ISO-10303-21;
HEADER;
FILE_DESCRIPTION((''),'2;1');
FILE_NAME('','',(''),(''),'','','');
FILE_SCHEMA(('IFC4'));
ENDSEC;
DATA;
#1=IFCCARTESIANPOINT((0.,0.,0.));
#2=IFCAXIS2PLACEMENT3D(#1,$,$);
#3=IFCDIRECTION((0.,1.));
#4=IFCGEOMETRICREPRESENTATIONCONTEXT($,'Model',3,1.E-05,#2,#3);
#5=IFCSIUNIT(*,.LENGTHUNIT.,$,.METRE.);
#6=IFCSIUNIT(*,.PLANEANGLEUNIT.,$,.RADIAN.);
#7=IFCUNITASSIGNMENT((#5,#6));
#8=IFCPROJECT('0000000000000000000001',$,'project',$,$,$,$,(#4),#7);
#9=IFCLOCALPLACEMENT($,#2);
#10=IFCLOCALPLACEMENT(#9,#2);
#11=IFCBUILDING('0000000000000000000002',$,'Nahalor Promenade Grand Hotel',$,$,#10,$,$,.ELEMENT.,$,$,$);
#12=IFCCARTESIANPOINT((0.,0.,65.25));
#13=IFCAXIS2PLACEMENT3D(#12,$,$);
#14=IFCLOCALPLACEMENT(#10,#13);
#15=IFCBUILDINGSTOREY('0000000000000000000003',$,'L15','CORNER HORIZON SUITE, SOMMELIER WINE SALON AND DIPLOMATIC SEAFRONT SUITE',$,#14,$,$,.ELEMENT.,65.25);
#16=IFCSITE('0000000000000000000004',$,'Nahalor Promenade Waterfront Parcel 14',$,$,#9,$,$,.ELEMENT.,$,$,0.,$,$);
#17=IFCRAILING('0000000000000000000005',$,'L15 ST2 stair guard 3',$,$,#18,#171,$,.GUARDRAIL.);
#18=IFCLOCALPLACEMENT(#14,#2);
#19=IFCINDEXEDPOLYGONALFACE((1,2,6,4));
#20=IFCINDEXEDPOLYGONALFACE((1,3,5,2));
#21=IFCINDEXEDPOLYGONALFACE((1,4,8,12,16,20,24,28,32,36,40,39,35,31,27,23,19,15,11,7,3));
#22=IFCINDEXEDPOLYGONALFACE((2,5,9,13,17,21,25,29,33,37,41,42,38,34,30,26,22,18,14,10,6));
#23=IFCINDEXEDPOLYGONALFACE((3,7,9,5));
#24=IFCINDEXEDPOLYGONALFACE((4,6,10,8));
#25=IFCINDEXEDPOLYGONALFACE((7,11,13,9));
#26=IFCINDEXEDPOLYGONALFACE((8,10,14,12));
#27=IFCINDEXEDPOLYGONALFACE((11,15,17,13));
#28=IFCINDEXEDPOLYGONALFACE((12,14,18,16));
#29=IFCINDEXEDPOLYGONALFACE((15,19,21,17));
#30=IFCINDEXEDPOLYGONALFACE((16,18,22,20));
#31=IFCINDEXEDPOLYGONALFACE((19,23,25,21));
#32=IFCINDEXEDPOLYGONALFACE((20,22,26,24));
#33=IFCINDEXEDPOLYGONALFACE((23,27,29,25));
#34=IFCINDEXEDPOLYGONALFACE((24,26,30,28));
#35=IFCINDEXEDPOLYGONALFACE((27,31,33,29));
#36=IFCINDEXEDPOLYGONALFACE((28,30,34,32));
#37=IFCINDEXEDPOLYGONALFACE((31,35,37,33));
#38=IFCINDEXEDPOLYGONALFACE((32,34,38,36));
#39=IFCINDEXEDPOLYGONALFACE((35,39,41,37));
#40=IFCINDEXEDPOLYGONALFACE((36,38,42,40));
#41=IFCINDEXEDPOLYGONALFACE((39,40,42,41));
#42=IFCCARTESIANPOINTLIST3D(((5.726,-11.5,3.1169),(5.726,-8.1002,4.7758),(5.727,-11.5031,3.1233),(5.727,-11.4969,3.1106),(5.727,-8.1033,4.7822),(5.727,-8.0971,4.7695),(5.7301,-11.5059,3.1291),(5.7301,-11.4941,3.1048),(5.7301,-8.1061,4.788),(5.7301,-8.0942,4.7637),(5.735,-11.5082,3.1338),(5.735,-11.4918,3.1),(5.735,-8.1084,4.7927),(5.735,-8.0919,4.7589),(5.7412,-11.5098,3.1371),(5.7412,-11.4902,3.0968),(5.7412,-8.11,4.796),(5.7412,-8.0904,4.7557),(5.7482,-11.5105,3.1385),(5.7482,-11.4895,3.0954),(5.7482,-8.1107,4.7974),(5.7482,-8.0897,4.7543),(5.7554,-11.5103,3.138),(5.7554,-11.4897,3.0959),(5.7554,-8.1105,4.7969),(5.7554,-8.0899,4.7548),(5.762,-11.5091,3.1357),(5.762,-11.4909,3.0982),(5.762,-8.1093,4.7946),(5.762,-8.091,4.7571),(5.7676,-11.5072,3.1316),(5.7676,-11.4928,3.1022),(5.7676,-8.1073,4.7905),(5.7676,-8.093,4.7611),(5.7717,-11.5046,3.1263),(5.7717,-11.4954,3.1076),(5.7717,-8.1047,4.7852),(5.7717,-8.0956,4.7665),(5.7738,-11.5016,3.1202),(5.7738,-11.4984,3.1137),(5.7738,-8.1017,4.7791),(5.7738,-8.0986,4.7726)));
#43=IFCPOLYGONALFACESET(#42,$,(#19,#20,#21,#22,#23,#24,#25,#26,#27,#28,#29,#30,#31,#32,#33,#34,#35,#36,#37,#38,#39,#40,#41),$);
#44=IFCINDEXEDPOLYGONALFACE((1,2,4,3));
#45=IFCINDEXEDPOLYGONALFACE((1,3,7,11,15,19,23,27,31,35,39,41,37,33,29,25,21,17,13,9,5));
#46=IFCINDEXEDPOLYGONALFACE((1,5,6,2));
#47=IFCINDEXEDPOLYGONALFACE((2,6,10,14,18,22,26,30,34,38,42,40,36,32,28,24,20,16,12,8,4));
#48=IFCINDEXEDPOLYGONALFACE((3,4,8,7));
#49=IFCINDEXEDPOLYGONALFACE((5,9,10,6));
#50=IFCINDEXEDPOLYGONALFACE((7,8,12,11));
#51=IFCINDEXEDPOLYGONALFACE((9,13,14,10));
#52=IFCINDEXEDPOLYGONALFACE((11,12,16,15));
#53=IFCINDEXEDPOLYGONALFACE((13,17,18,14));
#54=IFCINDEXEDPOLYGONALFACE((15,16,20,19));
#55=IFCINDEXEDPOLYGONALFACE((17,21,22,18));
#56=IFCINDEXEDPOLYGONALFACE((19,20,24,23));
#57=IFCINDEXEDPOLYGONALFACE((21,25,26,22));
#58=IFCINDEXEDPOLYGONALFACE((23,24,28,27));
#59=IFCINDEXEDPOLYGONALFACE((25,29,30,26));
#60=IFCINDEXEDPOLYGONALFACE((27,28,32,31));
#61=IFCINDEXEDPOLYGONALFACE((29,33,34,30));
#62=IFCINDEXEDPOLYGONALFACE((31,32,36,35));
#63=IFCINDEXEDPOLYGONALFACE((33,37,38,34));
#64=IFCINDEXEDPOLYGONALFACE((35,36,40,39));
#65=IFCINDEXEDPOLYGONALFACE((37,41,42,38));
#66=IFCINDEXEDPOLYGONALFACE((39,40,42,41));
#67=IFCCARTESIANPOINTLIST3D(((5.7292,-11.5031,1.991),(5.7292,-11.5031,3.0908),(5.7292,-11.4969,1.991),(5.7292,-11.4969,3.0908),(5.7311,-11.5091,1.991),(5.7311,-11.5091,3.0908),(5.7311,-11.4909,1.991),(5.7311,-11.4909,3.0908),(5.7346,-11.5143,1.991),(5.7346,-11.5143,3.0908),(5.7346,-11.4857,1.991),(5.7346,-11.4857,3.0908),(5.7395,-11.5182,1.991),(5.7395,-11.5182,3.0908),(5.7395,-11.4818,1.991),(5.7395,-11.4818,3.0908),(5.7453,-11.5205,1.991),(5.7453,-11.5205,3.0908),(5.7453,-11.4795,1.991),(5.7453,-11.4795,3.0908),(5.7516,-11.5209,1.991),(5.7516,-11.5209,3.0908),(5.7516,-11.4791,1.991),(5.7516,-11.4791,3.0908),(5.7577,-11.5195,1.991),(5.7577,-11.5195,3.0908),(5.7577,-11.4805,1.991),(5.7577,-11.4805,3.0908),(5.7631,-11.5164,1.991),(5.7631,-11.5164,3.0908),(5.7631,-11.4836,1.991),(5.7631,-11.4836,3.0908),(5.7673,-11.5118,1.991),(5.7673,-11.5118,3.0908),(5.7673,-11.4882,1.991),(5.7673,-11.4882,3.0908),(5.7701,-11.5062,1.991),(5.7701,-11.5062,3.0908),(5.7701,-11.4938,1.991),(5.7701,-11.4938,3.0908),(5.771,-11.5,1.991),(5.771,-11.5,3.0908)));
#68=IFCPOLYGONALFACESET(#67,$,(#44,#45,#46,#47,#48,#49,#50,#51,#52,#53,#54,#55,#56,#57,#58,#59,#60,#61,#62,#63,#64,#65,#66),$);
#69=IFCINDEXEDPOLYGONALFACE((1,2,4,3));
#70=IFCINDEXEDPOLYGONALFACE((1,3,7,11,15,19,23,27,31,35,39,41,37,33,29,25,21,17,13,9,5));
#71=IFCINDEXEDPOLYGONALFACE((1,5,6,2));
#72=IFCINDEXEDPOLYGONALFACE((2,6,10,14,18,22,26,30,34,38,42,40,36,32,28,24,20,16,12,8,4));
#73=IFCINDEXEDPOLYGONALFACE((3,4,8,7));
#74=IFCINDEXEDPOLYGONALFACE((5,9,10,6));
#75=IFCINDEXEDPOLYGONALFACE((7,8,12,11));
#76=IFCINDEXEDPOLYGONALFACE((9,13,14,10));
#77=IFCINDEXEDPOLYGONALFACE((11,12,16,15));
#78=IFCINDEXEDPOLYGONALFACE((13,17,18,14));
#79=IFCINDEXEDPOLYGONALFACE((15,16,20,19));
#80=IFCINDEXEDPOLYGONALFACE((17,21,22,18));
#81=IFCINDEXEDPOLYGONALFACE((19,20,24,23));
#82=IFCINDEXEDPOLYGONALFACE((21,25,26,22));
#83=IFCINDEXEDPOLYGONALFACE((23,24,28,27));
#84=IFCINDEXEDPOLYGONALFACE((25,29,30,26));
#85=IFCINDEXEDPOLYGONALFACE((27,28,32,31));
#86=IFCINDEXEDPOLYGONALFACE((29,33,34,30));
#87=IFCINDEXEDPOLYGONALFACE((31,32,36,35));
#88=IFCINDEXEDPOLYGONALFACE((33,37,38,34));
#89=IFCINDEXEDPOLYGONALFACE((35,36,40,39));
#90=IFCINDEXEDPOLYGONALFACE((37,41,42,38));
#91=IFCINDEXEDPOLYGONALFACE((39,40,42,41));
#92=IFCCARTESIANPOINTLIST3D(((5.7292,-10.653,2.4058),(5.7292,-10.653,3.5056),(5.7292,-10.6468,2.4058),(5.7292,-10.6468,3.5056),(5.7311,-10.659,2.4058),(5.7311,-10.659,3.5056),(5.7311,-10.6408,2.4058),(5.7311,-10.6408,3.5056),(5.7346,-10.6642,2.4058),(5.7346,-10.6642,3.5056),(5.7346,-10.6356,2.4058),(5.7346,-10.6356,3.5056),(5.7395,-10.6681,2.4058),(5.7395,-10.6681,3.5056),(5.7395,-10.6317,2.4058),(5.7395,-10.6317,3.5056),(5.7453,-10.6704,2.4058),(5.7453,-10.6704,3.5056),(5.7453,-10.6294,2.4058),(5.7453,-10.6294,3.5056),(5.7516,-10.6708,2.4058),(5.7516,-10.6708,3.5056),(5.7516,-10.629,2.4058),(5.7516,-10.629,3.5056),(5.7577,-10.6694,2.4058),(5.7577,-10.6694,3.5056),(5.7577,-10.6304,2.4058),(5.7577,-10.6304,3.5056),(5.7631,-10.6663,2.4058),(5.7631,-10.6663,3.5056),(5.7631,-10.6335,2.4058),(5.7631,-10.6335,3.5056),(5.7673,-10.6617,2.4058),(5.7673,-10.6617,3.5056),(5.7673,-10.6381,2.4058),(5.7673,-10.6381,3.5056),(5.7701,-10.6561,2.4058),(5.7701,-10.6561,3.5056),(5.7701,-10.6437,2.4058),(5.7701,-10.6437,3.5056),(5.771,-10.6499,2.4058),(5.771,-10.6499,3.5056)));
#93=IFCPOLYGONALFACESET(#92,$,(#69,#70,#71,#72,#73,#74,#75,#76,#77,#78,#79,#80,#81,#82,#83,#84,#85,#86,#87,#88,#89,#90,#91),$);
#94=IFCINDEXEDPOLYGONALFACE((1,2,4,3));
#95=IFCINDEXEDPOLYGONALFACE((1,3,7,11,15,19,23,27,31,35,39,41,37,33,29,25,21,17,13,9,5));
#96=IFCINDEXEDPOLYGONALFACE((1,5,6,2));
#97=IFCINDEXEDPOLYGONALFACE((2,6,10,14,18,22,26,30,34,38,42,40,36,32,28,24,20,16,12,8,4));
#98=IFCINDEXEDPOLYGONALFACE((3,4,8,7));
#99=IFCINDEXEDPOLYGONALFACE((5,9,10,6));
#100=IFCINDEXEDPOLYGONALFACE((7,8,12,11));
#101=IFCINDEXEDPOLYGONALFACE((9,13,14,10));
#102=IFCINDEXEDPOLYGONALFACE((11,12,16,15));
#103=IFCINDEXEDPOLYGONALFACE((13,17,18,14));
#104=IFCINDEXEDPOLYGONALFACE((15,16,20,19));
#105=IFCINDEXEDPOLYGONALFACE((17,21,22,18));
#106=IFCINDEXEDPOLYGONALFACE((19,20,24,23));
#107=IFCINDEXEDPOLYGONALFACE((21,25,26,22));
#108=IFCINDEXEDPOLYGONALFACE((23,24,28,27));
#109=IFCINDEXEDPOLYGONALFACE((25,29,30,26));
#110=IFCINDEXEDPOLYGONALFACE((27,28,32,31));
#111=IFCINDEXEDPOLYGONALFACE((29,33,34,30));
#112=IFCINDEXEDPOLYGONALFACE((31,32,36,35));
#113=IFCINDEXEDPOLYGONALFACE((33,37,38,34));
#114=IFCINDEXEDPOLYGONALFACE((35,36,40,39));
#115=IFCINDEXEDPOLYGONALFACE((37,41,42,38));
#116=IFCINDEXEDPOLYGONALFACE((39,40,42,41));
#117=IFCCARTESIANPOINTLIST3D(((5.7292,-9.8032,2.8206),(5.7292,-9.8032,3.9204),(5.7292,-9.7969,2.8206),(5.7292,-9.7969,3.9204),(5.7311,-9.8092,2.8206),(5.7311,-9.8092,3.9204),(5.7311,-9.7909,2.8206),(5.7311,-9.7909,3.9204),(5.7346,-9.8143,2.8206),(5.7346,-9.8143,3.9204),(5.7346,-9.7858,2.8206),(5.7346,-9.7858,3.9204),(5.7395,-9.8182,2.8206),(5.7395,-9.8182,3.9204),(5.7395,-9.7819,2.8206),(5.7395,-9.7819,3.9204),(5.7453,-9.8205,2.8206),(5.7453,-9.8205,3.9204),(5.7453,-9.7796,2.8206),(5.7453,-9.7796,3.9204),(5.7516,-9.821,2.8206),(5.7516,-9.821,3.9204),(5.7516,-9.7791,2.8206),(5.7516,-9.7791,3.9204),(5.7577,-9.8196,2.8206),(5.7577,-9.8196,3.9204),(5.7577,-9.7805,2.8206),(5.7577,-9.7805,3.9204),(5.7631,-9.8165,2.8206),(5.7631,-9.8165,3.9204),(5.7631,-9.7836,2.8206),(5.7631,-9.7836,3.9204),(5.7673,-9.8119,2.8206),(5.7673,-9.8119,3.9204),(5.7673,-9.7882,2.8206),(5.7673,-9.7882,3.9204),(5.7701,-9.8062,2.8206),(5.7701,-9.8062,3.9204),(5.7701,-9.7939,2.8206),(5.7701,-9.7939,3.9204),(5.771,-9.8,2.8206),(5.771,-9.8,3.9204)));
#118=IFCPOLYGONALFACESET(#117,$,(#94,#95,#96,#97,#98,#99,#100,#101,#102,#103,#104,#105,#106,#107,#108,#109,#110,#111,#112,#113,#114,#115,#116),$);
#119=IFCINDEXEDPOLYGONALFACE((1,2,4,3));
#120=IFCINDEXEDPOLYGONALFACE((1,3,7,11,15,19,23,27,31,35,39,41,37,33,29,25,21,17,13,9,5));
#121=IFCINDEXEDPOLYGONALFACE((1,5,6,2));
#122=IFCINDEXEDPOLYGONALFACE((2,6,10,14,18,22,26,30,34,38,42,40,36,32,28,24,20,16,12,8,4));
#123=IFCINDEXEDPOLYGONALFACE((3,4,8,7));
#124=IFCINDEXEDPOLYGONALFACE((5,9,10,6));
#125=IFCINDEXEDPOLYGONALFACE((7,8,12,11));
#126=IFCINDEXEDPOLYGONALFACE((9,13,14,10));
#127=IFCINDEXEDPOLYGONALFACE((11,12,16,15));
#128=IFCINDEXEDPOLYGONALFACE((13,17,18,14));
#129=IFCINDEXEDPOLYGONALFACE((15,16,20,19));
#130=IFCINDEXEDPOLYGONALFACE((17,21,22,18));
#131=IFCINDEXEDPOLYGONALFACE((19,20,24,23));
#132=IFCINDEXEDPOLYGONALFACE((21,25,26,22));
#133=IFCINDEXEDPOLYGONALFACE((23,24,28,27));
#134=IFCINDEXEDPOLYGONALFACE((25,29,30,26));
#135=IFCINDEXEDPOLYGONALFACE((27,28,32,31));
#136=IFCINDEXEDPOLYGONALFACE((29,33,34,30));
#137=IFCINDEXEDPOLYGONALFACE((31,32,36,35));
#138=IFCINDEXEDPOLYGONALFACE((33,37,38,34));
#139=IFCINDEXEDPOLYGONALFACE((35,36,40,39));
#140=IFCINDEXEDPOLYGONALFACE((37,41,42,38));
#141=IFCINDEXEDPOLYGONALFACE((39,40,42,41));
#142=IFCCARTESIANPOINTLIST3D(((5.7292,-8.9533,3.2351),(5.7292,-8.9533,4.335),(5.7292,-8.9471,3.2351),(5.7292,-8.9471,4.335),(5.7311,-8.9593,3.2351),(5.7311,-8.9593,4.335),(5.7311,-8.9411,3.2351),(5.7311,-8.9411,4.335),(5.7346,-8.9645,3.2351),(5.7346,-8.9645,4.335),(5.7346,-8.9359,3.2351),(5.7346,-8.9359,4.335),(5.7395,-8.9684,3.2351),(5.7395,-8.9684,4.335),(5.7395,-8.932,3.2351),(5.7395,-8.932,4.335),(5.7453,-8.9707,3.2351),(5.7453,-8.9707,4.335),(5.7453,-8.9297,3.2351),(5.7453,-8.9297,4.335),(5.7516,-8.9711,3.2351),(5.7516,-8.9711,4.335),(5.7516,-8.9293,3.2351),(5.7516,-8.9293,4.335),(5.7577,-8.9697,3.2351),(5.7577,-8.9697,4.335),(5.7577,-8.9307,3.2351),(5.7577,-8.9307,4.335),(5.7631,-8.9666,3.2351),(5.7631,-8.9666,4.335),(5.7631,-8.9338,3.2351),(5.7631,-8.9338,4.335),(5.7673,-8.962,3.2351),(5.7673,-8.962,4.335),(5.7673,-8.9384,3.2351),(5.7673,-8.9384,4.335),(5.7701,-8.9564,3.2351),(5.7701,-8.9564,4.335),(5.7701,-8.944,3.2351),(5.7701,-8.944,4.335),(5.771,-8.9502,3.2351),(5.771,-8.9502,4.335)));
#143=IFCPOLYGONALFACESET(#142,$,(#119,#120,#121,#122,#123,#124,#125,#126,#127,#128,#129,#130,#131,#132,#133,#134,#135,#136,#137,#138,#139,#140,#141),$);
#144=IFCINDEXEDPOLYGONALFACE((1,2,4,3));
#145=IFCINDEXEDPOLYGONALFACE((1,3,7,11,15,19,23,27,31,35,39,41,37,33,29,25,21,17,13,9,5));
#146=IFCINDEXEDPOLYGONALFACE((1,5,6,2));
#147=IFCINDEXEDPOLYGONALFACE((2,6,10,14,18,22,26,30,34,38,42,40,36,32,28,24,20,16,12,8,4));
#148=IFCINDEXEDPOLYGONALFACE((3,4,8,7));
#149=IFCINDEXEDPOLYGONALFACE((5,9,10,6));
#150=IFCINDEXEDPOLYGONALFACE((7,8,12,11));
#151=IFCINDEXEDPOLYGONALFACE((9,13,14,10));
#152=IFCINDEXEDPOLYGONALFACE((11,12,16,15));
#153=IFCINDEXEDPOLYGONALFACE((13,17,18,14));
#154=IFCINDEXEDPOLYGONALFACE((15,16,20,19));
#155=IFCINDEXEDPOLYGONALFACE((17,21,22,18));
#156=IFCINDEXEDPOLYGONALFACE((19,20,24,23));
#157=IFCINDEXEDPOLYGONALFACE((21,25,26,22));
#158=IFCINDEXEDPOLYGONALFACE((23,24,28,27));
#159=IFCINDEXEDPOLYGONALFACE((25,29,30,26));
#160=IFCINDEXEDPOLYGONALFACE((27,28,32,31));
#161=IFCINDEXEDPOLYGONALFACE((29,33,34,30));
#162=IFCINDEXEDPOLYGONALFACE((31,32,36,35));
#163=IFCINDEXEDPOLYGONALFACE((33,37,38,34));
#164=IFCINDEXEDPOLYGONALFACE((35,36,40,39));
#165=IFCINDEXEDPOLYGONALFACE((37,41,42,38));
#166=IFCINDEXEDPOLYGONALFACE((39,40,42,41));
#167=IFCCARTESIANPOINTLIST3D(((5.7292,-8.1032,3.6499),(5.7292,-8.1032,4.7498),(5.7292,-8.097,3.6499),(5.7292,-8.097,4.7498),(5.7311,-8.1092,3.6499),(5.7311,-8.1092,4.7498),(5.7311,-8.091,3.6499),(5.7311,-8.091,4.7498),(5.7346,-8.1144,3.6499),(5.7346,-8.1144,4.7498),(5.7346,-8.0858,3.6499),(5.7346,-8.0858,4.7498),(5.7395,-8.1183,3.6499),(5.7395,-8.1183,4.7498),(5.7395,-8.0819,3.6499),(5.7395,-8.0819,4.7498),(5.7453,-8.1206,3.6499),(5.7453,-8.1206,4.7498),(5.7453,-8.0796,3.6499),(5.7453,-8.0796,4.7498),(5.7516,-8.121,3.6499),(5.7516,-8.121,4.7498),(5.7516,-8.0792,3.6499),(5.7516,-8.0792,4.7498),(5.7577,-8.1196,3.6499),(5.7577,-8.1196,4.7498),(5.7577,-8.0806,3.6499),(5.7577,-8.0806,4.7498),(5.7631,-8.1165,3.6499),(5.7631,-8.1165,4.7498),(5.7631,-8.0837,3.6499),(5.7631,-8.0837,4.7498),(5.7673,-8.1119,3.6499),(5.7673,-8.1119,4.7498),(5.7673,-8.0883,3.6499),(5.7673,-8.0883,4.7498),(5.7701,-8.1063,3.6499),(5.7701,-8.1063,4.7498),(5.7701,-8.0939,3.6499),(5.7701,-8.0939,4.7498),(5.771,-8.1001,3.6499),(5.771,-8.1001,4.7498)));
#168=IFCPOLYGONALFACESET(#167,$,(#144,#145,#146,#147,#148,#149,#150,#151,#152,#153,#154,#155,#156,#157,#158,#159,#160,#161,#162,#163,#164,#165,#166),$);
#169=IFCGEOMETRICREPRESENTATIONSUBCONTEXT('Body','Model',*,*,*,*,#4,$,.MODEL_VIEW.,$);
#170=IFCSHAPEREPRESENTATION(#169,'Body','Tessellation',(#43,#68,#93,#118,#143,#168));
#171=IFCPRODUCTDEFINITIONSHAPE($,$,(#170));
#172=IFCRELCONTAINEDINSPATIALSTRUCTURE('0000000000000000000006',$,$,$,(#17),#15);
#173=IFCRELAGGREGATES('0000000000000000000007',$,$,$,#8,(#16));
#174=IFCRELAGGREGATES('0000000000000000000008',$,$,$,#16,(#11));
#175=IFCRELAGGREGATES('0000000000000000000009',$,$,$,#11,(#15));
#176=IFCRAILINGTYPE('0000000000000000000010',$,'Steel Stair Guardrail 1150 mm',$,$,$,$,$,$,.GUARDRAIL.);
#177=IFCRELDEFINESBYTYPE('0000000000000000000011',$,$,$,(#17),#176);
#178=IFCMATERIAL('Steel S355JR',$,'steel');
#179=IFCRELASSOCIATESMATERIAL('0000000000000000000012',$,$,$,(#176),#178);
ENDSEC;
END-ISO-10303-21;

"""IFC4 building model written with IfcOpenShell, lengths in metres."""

from ifc_helpers import new_model, si_unit, direction, frame, origin, origin_2d, place, context, subcontext, project, spatial, circle, extrude, material, type_object, element, save


model = new_model("IFC4")

# Units and contexts
model_context = context("Model", 3, precision=1e-05, world=origin(), true_north=direction((0.0, 1.0)))
body_context = subcontext(model_context, "Body", "Model", "MODEL_VIEW")
ifc_project = project(units=[si_unit("LENGTHUNIT", "METRE"), si_unit("PLANEANGLEUNIT", "RADIAN")], contexts=[model_context])

# Site, building, storey
site_placement = place(None, origin())
site = spatial("IfcSite", under=ifc_project, at=site_placement, Name="Nahalor Promenade Waterfront Parcel 14", CompositionType="ELEMENT", RefElevation=0.0)
building_placement = place(site_placement, origin())
building = spatial("IfcBuilding", under=site, at=building_placement, Name="Nahalor Promenade Grand Hotel", CompositionType="ELEMENT")
storey_placement = place(building_placement, frame((0.0, 0.0, 65.25)))
storey = spatial("IfcBuildingStorey", under=building, at=storey_placement, Name="L15", Description="CORNER HORIZON SUITE, SOMMELIER WINE SALON AND DIPLOMATIC SEAFRONT SUITE", CompositionType="ELEMENT", Elevation=65.25)

# Shared definitions
ifc_material_1 = material(Name="Steel S355JR", Category="steel")

# Railing
railing_type_1 = type_object("IfcRailingType", Name="Steel Stair Guardrail 1150 mm", PredefinedType="GUARDRAIL", material=ifc_material_1)
railing_1_placement = place(storey_placement, frame((5.75, -11.5, 1.991)))
element("IfcRailing", 1, at=railing_1_placement, inside=storey, type_object=railing_type_1, Name="L15 ST2 stair guard 3", PredefinedType="GUARDRAIL", context=body_context, shape_type="SweptSolid", body=[
    extrude(circle(Radius=0.024, at=origin_2d()), frame((0.0, 0.0, 1.126), z_axis=(0.0, 0.898722, 0.438519), x_axis=(-1.0, 0.0, 0.0)), (0.0, 0.0, 1.0), 3.783),
    extrude(circle(Radius=0.021, at=origin_2d()), origin(), (0.0, 0.0, 1.0), 1.0999),
    extrude(circle(Radius=0.021, at=origin_2d()), frame((0.0, 0.8501, 0.4148)), (0.0, 0.0, 1.0), 1.0999),
    extrude(circle(Radius=0.021, at=origin_2d()), frame((0.0, 1.7, 0.8296)), (0.0, 0.0, 1.0), 1.0999),
    extrude(circle(Radius=0.021, at=origin_2d()), frame((0.0, 2.5498, 1.2441)), (0.0, 0.0, 1.0), 1.0999),
    extrude(circle(Radius=0.021, at=origin_2d()), frame((0.0, 3.3999, 1.6589)), (0.0, 0.0, 1.0), 1.0999),
])

save(model, "model.ifc")
